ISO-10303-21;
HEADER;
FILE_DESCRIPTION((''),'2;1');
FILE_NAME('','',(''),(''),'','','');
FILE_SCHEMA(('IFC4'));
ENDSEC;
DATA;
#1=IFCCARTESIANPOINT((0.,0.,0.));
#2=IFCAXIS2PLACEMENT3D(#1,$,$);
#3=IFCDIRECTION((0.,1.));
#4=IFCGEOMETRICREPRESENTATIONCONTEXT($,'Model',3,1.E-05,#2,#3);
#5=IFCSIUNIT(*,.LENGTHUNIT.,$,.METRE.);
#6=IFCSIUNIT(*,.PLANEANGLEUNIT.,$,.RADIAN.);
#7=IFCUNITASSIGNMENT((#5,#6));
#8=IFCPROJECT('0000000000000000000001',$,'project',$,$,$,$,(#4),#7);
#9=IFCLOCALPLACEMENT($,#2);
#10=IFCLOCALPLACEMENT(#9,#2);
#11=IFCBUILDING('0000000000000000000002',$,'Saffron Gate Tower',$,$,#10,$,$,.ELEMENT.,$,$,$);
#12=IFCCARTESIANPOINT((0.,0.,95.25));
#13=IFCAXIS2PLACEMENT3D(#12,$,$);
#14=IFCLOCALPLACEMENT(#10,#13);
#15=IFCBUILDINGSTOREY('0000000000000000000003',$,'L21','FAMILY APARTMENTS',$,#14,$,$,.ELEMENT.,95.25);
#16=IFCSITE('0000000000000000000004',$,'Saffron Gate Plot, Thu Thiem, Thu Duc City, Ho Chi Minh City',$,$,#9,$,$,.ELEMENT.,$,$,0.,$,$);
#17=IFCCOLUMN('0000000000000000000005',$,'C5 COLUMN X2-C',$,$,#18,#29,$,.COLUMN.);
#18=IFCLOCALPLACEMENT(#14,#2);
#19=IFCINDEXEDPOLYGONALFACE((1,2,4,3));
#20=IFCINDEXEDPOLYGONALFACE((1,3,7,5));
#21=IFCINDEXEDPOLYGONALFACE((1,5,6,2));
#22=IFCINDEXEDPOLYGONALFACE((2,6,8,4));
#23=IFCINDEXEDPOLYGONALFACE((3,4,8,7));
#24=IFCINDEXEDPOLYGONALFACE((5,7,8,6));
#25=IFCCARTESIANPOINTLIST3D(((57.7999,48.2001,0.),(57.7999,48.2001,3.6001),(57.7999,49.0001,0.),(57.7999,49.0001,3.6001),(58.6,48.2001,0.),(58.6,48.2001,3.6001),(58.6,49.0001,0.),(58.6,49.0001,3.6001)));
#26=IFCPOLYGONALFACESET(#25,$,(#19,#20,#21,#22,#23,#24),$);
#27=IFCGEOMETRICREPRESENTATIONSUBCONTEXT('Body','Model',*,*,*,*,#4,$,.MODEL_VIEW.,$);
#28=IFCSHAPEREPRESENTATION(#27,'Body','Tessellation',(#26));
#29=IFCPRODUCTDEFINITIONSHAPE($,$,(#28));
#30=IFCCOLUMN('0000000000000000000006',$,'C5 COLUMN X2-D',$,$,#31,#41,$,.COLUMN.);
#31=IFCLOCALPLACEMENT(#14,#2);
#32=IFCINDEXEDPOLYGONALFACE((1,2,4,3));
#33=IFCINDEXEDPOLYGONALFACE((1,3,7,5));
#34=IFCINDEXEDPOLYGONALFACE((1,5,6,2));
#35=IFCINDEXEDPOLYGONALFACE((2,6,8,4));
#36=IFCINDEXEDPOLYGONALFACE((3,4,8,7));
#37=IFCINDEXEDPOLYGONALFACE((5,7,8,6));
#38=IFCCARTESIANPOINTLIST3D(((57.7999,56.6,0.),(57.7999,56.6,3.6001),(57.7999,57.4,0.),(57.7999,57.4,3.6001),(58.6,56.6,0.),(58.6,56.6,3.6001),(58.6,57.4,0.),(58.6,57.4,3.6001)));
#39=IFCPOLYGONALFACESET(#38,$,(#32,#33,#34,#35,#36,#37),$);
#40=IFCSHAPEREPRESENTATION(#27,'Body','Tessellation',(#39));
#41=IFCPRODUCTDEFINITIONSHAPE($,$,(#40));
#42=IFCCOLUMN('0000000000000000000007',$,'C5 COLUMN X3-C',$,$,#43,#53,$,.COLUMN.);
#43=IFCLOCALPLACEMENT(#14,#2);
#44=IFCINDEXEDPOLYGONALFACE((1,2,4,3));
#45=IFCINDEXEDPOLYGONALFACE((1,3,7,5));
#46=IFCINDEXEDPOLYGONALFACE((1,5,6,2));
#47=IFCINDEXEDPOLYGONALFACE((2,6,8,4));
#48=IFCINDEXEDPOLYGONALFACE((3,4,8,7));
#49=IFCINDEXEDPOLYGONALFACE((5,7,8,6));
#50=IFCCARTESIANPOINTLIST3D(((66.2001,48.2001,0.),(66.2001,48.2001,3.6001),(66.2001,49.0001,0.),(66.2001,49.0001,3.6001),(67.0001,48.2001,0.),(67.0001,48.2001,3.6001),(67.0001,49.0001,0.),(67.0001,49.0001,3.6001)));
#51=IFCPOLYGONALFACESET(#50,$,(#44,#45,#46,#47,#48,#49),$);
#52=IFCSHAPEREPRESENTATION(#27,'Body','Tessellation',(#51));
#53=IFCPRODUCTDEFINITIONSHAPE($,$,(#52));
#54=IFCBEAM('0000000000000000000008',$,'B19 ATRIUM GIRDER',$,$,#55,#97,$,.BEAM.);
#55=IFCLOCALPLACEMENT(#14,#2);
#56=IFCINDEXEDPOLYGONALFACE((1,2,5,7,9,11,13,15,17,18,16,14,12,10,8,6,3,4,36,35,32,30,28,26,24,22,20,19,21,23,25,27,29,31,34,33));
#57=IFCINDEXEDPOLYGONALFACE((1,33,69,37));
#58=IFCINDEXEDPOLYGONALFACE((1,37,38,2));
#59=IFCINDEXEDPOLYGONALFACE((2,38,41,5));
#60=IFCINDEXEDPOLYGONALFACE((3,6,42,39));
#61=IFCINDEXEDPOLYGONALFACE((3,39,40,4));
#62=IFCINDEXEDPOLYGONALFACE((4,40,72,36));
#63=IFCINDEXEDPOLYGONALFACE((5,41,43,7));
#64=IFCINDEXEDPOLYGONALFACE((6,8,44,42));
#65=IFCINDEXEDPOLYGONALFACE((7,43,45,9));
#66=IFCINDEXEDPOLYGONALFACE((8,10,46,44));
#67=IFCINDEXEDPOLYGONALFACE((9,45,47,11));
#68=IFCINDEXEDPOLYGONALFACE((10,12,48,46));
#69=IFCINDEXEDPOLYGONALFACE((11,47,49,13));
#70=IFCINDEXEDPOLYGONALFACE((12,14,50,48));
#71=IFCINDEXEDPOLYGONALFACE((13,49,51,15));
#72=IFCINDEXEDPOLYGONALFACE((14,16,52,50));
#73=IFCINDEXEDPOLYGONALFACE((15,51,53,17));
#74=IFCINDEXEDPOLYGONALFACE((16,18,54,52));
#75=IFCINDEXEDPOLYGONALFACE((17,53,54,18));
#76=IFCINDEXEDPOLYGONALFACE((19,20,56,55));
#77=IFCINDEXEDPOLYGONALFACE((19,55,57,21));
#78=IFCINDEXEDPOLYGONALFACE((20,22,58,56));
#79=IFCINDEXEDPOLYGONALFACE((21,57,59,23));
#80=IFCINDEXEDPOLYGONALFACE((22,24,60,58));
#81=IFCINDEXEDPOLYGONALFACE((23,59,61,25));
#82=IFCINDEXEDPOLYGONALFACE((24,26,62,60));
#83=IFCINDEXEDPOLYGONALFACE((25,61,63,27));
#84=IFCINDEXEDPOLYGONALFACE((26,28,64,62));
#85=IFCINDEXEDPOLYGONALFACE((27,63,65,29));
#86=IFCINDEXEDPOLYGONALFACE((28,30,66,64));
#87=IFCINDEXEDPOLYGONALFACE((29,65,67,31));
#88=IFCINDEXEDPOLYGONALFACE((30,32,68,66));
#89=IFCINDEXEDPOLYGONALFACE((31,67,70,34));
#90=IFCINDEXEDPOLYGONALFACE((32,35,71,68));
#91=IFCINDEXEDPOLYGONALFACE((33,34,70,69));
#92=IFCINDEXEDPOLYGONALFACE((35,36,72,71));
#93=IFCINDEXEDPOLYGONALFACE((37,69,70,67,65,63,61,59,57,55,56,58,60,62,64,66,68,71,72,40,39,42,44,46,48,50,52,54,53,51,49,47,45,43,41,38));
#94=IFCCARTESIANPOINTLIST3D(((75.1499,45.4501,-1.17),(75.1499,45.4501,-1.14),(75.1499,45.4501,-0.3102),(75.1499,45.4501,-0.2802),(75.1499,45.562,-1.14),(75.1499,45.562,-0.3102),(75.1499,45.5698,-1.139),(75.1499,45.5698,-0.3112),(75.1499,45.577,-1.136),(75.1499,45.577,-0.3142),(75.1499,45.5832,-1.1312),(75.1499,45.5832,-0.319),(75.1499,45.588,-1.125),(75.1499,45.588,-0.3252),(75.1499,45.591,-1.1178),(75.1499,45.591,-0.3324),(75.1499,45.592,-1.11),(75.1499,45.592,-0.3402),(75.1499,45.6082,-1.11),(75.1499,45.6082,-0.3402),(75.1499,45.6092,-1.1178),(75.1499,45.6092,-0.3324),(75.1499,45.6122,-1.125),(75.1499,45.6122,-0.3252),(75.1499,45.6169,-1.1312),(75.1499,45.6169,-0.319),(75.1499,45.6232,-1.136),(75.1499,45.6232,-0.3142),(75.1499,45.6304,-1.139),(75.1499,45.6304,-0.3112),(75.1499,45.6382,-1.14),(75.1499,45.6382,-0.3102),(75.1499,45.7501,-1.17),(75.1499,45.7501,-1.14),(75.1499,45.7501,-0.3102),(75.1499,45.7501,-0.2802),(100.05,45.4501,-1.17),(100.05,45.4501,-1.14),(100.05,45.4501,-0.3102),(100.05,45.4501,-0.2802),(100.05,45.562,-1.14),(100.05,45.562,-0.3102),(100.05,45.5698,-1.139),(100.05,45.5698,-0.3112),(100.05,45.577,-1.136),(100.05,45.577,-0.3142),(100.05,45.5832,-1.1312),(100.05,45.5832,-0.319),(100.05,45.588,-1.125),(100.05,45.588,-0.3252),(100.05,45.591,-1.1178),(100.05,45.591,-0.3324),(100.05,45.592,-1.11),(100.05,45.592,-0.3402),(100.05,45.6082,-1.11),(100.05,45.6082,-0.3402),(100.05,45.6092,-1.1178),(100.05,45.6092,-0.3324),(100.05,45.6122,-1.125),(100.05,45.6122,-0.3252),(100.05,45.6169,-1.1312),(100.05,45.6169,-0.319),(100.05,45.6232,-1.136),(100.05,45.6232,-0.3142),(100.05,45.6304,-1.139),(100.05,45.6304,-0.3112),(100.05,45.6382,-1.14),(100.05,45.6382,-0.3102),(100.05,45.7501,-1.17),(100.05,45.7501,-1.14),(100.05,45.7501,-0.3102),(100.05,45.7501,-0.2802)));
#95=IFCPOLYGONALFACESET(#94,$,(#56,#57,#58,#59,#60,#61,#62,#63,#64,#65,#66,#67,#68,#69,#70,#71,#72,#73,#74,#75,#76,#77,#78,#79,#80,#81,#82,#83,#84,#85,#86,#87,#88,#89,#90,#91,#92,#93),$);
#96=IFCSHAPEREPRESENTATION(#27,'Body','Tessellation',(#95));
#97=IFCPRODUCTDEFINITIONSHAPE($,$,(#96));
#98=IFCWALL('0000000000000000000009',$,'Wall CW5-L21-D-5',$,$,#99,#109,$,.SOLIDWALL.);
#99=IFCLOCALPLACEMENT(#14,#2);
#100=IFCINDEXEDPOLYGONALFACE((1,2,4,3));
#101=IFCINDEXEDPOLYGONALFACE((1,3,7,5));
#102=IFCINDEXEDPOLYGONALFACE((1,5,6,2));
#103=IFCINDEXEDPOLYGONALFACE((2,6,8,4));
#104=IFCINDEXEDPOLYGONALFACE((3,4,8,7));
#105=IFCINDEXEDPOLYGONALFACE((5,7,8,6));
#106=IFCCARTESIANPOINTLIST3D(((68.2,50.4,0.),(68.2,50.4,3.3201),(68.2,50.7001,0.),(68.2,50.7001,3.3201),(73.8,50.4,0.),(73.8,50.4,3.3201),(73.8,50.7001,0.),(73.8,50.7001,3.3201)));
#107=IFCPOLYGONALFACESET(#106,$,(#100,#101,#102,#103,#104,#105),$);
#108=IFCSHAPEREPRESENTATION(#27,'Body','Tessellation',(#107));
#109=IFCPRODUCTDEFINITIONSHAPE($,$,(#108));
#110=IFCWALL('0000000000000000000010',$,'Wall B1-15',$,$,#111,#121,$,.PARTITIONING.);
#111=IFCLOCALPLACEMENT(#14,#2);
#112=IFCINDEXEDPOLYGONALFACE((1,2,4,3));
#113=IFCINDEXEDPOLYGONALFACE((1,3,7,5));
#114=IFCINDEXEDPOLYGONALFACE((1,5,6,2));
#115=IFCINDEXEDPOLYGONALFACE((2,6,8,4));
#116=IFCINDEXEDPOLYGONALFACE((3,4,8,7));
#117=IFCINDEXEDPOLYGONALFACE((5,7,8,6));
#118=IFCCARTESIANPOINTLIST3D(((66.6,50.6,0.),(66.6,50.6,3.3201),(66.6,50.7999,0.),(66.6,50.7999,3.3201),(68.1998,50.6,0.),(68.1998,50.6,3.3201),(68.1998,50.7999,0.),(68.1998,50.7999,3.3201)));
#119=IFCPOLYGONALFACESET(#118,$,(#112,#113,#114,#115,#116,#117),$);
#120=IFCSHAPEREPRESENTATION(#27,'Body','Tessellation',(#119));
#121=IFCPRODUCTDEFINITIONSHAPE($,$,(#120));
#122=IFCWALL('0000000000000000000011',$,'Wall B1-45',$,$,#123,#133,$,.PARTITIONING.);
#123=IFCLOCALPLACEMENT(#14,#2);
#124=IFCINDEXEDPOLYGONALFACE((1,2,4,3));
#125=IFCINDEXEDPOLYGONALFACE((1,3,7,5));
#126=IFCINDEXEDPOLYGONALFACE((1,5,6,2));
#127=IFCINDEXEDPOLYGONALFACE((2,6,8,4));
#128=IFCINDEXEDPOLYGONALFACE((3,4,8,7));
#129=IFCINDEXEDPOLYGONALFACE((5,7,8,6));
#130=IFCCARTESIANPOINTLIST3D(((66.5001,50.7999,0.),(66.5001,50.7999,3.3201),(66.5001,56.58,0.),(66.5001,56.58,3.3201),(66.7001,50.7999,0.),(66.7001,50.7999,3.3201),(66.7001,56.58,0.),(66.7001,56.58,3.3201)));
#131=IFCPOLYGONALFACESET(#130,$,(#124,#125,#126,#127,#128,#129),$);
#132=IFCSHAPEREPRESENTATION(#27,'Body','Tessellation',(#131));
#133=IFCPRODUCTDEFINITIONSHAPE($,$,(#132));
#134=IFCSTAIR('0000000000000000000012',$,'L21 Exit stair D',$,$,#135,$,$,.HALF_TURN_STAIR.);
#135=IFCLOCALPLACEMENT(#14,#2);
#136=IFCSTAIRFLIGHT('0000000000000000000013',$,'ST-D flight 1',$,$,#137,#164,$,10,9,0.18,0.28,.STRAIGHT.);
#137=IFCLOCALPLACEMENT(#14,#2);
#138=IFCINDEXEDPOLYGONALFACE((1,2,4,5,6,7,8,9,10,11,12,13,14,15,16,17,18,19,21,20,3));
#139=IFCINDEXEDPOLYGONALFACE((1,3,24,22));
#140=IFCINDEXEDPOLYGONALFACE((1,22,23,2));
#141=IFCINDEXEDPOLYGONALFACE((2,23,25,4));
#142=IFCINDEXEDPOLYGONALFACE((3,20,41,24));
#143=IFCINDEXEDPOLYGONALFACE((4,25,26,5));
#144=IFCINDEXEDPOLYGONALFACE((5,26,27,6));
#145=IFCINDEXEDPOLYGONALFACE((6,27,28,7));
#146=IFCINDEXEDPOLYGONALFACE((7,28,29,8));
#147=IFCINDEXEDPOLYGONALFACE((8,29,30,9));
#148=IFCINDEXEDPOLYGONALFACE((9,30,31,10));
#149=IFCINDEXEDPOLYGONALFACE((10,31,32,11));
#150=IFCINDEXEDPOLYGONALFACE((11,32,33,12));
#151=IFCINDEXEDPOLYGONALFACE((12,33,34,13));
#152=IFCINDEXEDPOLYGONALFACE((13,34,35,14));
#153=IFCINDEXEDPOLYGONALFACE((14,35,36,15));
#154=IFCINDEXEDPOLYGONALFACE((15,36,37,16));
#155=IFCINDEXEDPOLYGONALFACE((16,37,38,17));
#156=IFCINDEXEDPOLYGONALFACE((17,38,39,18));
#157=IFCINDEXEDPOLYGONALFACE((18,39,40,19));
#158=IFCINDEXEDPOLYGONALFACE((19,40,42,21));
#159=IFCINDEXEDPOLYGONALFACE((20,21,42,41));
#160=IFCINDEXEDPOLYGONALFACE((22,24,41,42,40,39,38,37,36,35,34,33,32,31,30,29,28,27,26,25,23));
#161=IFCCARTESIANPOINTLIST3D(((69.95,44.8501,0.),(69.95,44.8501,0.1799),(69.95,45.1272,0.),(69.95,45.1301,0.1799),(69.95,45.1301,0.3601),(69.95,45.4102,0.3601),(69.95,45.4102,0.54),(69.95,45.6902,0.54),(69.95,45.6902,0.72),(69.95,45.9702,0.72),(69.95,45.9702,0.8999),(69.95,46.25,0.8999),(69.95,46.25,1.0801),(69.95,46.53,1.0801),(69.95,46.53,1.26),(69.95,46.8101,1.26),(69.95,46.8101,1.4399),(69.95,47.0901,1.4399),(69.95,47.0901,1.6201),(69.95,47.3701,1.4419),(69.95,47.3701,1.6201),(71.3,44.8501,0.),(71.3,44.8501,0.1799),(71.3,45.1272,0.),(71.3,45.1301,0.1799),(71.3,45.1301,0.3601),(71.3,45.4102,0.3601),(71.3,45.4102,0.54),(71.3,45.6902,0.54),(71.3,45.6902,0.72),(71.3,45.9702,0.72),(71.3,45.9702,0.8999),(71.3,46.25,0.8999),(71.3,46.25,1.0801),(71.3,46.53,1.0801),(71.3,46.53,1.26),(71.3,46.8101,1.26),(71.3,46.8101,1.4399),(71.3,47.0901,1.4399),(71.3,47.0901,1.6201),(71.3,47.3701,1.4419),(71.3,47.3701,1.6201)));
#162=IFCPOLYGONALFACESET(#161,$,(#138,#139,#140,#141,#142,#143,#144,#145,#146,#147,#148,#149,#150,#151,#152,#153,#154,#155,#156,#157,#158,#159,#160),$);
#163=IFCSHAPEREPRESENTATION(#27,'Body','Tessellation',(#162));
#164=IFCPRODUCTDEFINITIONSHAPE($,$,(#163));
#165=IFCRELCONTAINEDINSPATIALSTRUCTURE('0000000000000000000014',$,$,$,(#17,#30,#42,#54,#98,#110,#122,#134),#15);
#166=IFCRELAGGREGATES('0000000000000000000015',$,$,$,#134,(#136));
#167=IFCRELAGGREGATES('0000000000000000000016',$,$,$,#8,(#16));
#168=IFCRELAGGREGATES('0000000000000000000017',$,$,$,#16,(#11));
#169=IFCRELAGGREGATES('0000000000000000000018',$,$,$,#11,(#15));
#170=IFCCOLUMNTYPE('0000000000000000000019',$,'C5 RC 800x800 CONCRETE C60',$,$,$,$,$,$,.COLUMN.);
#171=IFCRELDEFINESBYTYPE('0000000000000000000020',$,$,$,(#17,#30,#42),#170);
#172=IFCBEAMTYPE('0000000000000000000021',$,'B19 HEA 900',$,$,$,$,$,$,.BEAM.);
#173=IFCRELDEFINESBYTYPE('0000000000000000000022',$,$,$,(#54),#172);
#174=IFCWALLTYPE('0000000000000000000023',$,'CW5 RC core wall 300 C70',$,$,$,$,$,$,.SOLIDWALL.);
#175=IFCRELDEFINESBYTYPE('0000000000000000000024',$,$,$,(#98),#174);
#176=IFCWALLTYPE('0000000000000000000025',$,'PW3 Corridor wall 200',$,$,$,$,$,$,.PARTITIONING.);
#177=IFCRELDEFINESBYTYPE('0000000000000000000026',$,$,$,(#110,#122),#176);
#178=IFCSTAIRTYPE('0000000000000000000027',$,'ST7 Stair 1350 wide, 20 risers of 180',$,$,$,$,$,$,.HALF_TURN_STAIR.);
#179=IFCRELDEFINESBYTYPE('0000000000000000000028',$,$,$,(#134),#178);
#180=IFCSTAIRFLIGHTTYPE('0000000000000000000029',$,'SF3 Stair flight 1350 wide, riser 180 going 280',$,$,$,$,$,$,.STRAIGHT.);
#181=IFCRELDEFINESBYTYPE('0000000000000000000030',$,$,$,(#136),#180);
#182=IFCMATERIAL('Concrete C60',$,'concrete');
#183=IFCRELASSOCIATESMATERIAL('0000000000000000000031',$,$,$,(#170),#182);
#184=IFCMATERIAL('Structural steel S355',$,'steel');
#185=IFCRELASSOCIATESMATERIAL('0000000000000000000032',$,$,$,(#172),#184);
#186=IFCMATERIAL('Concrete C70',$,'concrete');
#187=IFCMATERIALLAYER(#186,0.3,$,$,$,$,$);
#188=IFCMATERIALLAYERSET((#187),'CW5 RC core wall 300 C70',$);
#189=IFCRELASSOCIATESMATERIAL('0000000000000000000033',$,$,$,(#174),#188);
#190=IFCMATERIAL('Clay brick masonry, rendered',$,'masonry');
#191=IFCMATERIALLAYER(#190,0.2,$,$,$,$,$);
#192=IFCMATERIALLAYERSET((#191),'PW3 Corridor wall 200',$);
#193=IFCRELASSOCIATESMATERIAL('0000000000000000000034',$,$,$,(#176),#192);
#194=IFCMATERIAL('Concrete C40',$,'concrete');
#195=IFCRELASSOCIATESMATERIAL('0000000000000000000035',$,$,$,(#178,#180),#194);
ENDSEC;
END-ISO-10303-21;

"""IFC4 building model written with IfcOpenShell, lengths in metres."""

from ifc_helpers import new_model, si_unit, direction, frame, frame_2d, origin, origin_2d, place, context, subcontext, project, spatial, polyline, rectangle, i_section, outline, extrude, material, layer, layer_set, material_profile, profile_set, type_object, element, aggregate, save


model = new_model("IFC4")

# Units and contexts
model_context = context("Model", 3, precision=1e-05, world=origin(), true_north=direction((0.0, 1.0)))
body_context = subcontext(model_context, "Body", "Model", "MODEL_VIEW")
ifc_project = project(units=[si_unit("LENGTHUNIT", "METRE"), si_unit("PLANEANGLEUNIT", "RADIAN")], contexts=[model_context])

# Site, building, storey
site_placement = place(None, origin())
site = spatial("IfcSite", under=ifc_project, at=site_placement, Name="Saffron Gate Plot, Thu Thiem, Thu Duc City, Ho Chi Minh City", CompositionType="ELEMENT", RefElevation=0.0)
building_placement = place(site_placement, origin())
building = spatial("IfcBuilding", under=site, at=building_placement, Name="Saffron Gate Tower", CompositionType="ELEMENT")
storey_placement = place(building_placement, frame((0.0, 0.0, 95.25)))
storey = spatial("IfcBuildingStorey", under=building, at=storey_placement, Name="L21", Description="FAMILY APARTMENTS", CompositionType="ELEMENT", Elevation=95.25)

# Columns
ifc_material_1 = material(Name="Concrete C60", Category="concrete")
ifc_material_profile_1 = material_profile(ifc_material_1, rectangle(XDim=0.8, YDim=0.8, at=origin_2d()))
ifc_profile_set_1 = profile_set([ifc_material_profile_1], Name="Concrete C60")
column_type = type_object("IfcColumnType", Name="C5 RC 800x800 CONCRETE C60", PredefinedType="COLUMN", material=ifc_profile_set_1)
for number, where, z_axis, x_axis, name in (
    (1, (58.2, 48.6001, 0.0), (0.0, 0.0, 1.0), (1.0, 0.0, 0.0), "C5 COLUMN X2-C"),
    (2, (58.2, 57.0, 0.0), (0.0, 0.0, 1.0), (1.0, 0.0, 0.0), "C5 COLUMN X2-D"),
    (3, (66.6001, 48.6001, 0.0), (0.0, 0.0, 1.0), (1.0, 0.0, 0.0), "C5 COLUMN X3-C"),
):
    element("IfcColumn", number, at=place(storey_placement, frame(where, z_axis=z_axis, x_axis=x_axis)), inside=storey, type_object=column_type, Name=name, PredefinedType="COLUMN", context=body_context, shape_type="SweptSolid", body=[
        extrude(rectangle(XDim=0.8, YDim=0.8, at=origin_2d()), origin(), (0.0, 0.0, 1.0), 3.6001),
    ])

# Beam
ifc_material_2 = material(Name="Structural steel S355", Category="steel")
ifc_material_profile_2 = material_profile(ifc_material_2, i_section(OverallWidth=0.3, OverallDepth=0.8899, WebThickness=0.0161, FlangeThickness=0.03, FilletRadius=0.03, at=origin_2d()))
ifc_profile_set_2 = profile_set([ifc_material_profile_2], Name="Structural steel S355")
beam_type = type_object("IfcBeamType", Name="B19 HEA 900", PredefinedType="BEAM", material=ifc_profile_set_2)
beam_placement = place(storey_placement, frame((75.1499, 45.6001, -0.7251), z_axis=(1.0, 0.0, 0.0), x_axis=(0.0, 1.0, 0.0)))
element("IfcBeam", 4, at=beam_placement, inside=storey, type_object=beam_type, Name="B19 ATRIUM GIRDER", PredefinedType="BEAM", context=body_context, shape_type="SweptSolid", body=[
    extrude(i_section(OverallWidth=0.3, OverallDepth=0.8899, WebThickness=0.0161, FlangeThickness=0.03, FilletRadius=0.03, at=origin_2d()), origin(), (0.0, 0.0, 1.0), 24.9001),
])

# Walls
ifc_material_3 = material(Name="Concrete C70", Category="concrete")
ifc_layer_1 = layer(ifc_material_3, 0.3)
ifc_layer_set_1 = layer_set([ifc_layer_1], Name="CW5 RC core wall 300 C70")
wall_type_1 = type_object("IfcWallType", Name="CW5 RC core wall 300 C70", PredefinedType="SOLIDWALL", material=ifc_layer_set_1)
wall_1_placement = place(storey_placement, frame((68.2, 50.55, 0.0), z_axis=(0.0, 0.0, 1.0), x_axis=(1.0, 0.0, 0.0)))
element("IfcWall", 5, at=wall_1_placement, inside=storey, type_object=wall_type_1, Name="Wall CW5-L21-D-5", PredefinedType="SOLIDWALL", context=body_context, shape_type="SweptSolid", body=[
    extrude(rectangle(XDim=5.6001, YDim=0.3, at=frame_2d((2.8, 0.0))), origin(), (0.0, 0.0, 1.0), 3.3201),
])
ifc_material_4 = material(Name="Clay brick masonry, rendered", Category="masonry")
ifc_layer_2 = layer(ifc_material_4, 0.2)
ifc_layer_set_2 = layer_set([ifc_layer_2], Name="PW3 Corridor wall 200")
wall_type_2 = type_object("IfcWallType", Name="PW3 Corridor wall 200", PredefinedType="PARTITIONING", material=ifc_layer_set_2)
wall_2_placement = place(storey_placement, frame((66.6001, 50.7, 0.0), z_axis=(0.0, 0.0, 1.0), x_axis=(1.0, 0.0, 0.0)))
element("IfcWall", 6, at=wall_2_placement, inside=storey, type_object=wall_type_2, Name="Wall B1-15", PredefinedType="PARTITIONING", context=body_context, shape_type="SweptSolid", body=[
    extrude(rectangle(XDim=1.5999, YDim=0.2, at=frame_2d((0.7998, 0.0))), origin(), (0.0, 0.0, 1.0), 3.3201),
])
wall_3_placement = place(storey_placement, frame((66.6001, 56.5801, 0.0), z_axis=(0.0, 0.0, 1.0), x_axis=(0.0, -1.0, 0.0)))
element("IfcWall", 7, at=wall_3_placement, inside=storey, type_object=wall_type_2, Name="Wall B1-45", PredefinedType="PARTITIONING", context=body_context, shape_type="SweptSolid", body=[
    extrude(rectangle(XDim=5.78, YDim=0.2, at=frame_2d((2.8901, 0.0))), origin(), (0.0, 0.0, 1.0), 3.3201),
])

# Stair, stair flight
ifc_material_5 = material(Name="Concrete C40", Category="concrete")
stair_type = type_object("IfcStairType", Name="ST7 Stair 1350 wide, 20 risers of 180", PredefinedType="HALF_TURN_STAIR", material=ifc_material_5)
stair_placement = place(storey_placement, origin())
stair = element("IfcStair", 8, at=stair_placement, inside=storey, type_object=stair_type, Name="L21 Exit stair D", PredefinedType="HALF_TURN_STAIR")
stair_flight_type = type_object("IfcStairFlightType", Name="SF3 Stair flight 1350 wide, riser 180 going 280", PredefinedType="STRAIGHT", material=ifc_material_5)
stair_flight_1_placement = place(storey_placement, frame((70.625, 44.8501, 0.0), z_axis=(0.0, 0.0, 1.0), x_axis=(0.0, 1.0, 0.0)))
stair_flight_1 = element("IfcStairFlight", 9, at=stair_flight_1_placement, type_object=stair_flight_type, Name="ST-D flight 1", NumberOfRisers=10, NumberOfTreads=9, PredefinedType="STRAIGHT", RiserHeight=0.18, TreadLength=0.28, context=body_context, shape_type="SweptSolid", body=[
    extrude(outline(polyline([(0.0, 0.0), (0.0, 0.1799), (0.28, 0.1799), (0.28, 0.3601), (0.5601, 0.3601), (0.5601, 0.54), (0.8401, 0.54), (0.8401, 0.72), (1.1201, 0.72), (1.1201, 0.8999), (1.3999, 0.8999), (1.3999, 1.0801), (1.6799, 1.0801), (1.6799, 1.26), (1.96, 1.26), (1.96, 1.4399), (2.24, 1.4399), (2.24, 1.6201), (2.52, 1.6201), (2.52, 1.8), (2.52, 1.4419), (0.2771, 0.0), (0.0, 0.0)])), frame((0.0, 0.675, 0.0), z_axis=(0.0, -1.0, 0.0), x_axis=(1.0, 0.0, 0.0)), (0.0, 0.0, 1.0), 1.3501),
])
aggregate(stair, [stair_flight_1])

save(model, "model.ifc")
